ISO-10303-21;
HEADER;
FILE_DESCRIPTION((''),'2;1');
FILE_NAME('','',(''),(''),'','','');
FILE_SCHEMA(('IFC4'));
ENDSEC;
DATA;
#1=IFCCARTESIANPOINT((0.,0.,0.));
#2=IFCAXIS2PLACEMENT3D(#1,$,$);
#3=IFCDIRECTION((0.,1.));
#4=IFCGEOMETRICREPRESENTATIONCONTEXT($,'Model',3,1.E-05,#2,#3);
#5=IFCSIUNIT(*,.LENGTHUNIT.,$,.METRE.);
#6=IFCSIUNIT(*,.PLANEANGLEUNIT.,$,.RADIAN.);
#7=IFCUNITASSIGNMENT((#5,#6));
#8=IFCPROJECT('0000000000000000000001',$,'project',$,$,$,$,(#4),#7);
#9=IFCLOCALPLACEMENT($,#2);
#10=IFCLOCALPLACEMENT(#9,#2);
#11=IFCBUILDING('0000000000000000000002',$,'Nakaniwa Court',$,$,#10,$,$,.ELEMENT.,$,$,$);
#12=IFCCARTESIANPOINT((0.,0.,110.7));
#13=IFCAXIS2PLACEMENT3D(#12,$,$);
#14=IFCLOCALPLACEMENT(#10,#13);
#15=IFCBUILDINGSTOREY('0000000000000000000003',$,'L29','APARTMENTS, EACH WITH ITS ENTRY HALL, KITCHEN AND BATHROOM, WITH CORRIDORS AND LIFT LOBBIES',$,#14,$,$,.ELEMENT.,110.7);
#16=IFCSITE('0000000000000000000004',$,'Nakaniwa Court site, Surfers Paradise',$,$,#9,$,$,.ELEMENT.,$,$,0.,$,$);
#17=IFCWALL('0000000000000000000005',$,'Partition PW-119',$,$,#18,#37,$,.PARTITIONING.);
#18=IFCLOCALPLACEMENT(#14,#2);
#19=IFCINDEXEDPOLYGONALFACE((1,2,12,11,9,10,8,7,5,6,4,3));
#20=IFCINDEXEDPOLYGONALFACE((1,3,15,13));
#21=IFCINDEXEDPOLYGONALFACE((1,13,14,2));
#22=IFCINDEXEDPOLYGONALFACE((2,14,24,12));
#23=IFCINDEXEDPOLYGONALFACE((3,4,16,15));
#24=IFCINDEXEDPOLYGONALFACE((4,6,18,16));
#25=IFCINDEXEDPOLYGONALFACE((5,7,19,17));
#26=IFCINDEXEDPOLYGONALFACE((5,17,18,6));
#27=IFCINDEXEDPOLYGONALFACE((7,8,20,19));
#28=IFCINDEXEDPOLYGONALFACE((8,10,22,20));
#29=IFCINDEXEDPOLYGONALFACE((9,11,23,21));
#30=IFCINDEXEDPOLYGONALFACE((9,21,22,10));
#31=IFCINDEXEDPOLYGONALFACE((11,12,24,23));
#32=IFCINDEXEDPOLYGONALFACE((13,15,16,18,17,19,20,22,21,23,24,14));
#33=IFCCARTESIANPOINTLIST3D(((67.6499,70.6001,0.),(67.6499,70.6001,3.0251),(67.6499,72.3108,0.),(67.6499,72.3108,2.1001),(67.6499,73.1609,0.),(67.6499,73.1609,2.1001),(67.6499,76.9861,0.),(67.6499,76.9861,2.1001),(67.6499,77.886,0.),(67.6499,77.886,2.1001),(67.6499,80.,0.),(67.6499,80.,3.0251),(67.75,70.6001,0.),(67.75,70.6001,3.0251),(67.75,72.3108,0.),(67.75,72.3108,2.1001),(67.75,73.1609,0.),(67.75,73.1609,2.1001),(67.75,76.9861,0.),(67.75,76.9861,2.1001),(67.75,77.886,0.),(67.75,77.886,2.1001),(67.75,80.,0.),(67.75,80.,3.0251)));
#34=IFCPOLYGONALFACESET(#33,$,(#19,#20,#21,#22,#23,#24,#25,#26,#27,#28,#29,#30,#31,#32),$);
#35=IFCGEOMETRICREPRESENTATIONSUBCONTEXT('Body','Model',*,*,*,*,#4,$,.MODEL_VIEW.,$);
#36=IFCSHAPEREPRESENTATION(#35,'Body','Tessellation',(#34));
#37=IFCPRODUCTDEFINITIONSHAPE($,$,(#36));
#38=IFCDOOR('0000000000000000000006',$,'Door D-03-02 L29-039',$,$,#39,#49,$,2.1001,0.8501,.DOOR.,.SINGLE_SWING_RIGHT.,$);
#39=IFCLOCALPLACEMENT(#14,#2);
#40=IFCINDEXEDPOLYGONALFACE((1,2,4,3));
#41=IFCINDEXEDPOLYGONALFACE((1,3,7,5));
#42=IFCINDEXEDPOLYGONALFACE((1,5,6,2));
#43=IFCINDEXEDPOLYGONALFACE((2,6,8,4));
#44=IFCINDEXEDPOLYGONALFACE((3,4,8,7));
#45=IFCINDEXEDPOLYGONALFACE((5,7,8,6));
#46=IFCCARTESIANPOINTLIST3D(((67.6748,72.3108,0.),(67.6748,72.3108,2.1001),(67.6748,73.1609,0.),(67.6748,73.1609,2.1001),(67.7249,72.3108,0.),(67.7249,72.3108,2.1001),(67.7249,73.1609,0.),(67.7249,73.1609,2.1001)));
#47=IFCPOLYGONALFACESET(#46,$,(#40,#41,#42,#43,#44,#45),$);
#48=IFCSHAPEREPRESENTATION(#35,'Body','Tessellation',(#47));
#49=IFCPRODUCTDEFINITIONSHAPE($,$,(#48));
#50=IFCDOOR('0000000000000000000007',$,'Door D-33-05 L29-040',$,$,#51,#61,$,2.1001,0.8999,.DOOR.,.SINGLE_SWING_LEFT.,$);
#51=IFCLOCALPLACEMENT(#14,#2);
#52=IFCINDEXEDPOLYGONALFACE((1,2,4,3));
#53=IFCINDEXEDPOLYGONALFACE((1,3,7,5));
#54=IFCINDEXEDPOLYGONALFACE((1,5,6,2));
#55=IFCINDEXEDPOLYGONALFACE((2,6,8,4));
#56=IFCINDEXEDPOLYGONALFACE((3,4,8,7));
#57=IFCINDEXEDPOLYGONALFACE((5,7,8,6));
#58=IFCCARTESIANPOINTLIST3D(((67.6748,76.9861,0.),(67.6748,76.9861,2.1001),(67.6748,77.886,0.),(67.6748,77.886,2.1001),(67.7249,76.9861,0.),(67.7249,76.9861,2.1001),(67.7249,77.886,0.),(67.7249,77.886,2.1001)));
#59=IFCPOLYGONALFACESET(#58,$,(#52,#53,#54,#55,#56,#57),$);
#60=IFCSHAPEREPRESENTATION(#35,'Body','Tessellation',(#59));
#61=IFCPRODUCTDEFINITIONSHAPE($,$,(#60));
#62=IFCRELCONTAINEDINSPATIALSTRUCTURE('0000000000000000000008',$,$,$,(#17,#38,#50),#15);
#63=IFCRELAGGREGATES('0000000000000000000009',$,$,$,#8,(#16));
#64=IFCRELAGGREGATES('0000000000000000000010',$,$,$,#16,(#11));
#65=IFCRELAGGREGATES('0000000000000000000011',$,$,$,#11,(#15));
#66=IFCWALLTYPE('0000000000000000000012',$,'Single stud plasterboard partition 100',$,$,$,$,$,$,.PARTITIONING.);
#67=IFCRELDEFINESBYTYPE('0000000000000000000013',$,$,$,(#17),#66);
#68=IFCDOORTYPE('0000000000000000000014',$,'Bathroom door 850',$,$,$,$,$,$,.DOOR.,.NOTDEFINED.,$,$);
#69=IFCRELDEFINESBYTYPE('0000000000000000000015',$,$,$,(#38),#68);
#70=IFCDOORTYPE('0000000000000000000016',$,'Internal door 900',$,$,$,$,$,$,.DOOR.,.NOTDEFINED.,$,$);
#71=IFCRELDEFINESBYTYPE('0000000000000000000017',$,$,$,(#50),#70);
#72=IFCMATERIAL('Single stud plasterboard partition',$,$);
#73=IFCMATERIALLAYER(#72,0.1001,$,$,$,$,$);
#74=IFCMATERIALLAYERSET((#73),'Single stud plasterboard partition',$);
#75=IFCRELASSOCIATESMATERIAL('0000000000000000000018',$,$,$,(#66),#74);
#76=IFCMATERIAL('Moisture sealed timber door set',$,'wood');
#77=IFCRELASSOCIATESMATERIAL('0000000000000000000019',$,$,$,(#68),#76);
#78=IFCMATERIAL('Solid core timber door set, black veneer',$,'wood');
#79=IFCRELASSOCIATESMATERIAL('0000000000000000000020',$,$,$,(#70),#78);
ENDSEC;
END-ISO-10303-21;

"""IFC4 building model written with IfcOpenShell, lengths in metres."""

from ifc_helpers import new_model, si_unit, direction, frame, frame_2d, origin, place, context, subcontext, project, spatial, rectangle, extrude, material, layer, layer_set, type_object, element, fill, save


model = new_model("IFC4")

# Units and contexts
model_context = context("Model", 3, precision=1e-05, world=origin(), true_north=direction((0.0, 1.0)))
body_context = subcontext(model_context, "Body", "Model", "MODEL_VIEW")
ifc_project = project(units=[si_unit("LENGTHUNIT", "METRE"), si_unit("PLANEANGLEUNIT", "RADIAN")], contexts=[model_context])

# Site, building, storey
site_placement = place(None, origin())
site = spatial("IfcSite", under=ifc_project, at=site_placement, Name="Nakaniwa Court site, Surfers Paradise", CompositionType="ELEMENT", RefElevation=0.0)
building_placement = place(site_placement, origin())
building = spatial("IfcBuilding", under=site, at=building_placement, Name="Nakaniwa Court", CompositionType="ELEMENT")
storey_placement = place(building_placement, frame((0.0, 0.0, 110.7)))
storey = spatial("IfcBuildingStorey", under=building, at=storey_placement, Name="L29", Description="APARTMENTS, EACH WITH ITS ENTRY HALL, KITCHEN AND BATHROOM, WITH CORRIDORS AND LIFT LOBBIES", CompositionType="ELEMENT", Elevation=110.7)

# Shared definitions
ifc_material_1 = material(Name="Solid core timber door set, black veneer", Category="wood")

# Wall, openings, doors
ifc_material_2 = material(Name="Single stud plasterboard partition")
ifc_layer_1 = layer(ifc_material_2, 0.1001)
ifc_layer_set_1 = layer_set([ifc_layer_1], Name="Single stud plasterboard partition")
wall_type_1 = type_object("IfcWallType", Name="Single stud plasterboard partition 100", PredefinedType="PARTITIONING", material=ifc_layer_set_1)
wall_1_placement = place(storey_placement, frame((67.7, 80.0, 0.0), z_axis=(0.0, 0.0, 1.0), x_axis=(0.0, -1.0, 0.0)))
wall_1 = element("IfcWall", 1, at=wall_1_placement, inside=storey, type_object=wall_type_1, Name="Partition PW-119", PredefinedType="PARTITIONING", context=body_context, shape_type="SweptSolid", body=[
    extrude(rectangle(XDim=9.3999, YDim=0.1001, at=frame_2d((4.7, 0.0))), origin(), (0.0, 0.0, 1.0), 3.0251),
])
opening_1_placement = place(wall_1_placement, frame((6.8391, 0.0, 0.0)))
opening_1 = element("IfcOpeningElement", 2, at=opening_1_placement, cuts=wall_1, PredefinedType="OPENING", context=body_context, shape_type="SweptSolid", body=[
    extrude(rectangle(XDim=0.8501, YDim=2.1001, at=frame_2d((0.425, 1.05))), frame((0.0, 0.0601, 0.0), z_axis=(0.0, -1.0, 0.0), x_axis=(1.0, 0.0, 0.0)), (0.0, 0.0, 1.0), 0.1201),
])
opening_2_placement = place(wall_1_placement, frame((2.114, 0.0, 0.0)))
opening_2 = element("IfcOpeningElement", 3, at=opening_2_placement, cuts=wall_1, PredefinedType="OPENING", context=body_context, shape_type="SweptSolid", body=[
    extrude(rectangle(XDim=0.8999, YDim=2.1001, at=frame_2d((0.45, 1.05))), frame((0.0, 0.0601, 0.0), z_axis=(0.0, -1.0, 0.0), x_axis=(1.0, 0.0, 0.0)), (0.0, 0.0, 1.0), 0.1201),
])
ifc_material_3 = material(Name="Moisture sealed timber door set", Category="wood")
door_type_1 = type_object("IfcDoorType", Name="Bathroom door 850", OperationType="NOTDEFINED", PredefinedType="DOOR", material=ifc_material_3)
door_1_placement = place(opening_1_placement, origin())
door_1 = element("IfcDoor", 4, at=door_1_placement, inside=storey, type_object=door_type_1, Name="Door D-03-02 L29-039", OperationType="SINGLE_SWING_RIGHT", OverallHeight=2.1001, OverallWidth=0.8501, PredefinedType="DOOR", context=body_context, shape_type="SweptSolid", body=[
    extrude(rectangle(XDim=0.8501, YDim=2.1001, at=frame_2d((0.425, 1.05))), frame((0.0, 0.0249, 0.0), z_axis=(0.0, -1.0, 0.0), x_axis=(1.0, 0.0, 0.0)), (0.0, 0.0, 1.0), 0.05),
])
fill(opening_1, door_1)
door_type_2 = type_object("IfcDoorType", Name="Internal door 900", OperationType="NOTDEFINED", PredefinedType="DOOR", material=ifc_material_1)
door_2_placement = place(opening_2_placement, origin())
door_2 = element("IfcDoor", 5, at=door_2_placement, inside=storey, type_object=door_type_2, Name="Door D-33-05 L29-040", OperationType="SINGLE_SWING_LEFT", OverallHeight=2.1001, OverallWidth=0.8999, PredefinedType="DOOR", context=body_context, shape_type="SweptSolid", body=[
    extrude(rectangle(XDim=0.8999, YDim=2.1001, at=frame_2d((0.45, 1.05))), frame((0.0, 0.0249, 0.0), z_axis=(0.0, -1.0, 0.0), x_axis=(1.0, 0.0, 0.0)), (0.0, 0.0, 1.0), 0.05),
])
fill(opening_2, door_2)

save(model, "model.ifc")
